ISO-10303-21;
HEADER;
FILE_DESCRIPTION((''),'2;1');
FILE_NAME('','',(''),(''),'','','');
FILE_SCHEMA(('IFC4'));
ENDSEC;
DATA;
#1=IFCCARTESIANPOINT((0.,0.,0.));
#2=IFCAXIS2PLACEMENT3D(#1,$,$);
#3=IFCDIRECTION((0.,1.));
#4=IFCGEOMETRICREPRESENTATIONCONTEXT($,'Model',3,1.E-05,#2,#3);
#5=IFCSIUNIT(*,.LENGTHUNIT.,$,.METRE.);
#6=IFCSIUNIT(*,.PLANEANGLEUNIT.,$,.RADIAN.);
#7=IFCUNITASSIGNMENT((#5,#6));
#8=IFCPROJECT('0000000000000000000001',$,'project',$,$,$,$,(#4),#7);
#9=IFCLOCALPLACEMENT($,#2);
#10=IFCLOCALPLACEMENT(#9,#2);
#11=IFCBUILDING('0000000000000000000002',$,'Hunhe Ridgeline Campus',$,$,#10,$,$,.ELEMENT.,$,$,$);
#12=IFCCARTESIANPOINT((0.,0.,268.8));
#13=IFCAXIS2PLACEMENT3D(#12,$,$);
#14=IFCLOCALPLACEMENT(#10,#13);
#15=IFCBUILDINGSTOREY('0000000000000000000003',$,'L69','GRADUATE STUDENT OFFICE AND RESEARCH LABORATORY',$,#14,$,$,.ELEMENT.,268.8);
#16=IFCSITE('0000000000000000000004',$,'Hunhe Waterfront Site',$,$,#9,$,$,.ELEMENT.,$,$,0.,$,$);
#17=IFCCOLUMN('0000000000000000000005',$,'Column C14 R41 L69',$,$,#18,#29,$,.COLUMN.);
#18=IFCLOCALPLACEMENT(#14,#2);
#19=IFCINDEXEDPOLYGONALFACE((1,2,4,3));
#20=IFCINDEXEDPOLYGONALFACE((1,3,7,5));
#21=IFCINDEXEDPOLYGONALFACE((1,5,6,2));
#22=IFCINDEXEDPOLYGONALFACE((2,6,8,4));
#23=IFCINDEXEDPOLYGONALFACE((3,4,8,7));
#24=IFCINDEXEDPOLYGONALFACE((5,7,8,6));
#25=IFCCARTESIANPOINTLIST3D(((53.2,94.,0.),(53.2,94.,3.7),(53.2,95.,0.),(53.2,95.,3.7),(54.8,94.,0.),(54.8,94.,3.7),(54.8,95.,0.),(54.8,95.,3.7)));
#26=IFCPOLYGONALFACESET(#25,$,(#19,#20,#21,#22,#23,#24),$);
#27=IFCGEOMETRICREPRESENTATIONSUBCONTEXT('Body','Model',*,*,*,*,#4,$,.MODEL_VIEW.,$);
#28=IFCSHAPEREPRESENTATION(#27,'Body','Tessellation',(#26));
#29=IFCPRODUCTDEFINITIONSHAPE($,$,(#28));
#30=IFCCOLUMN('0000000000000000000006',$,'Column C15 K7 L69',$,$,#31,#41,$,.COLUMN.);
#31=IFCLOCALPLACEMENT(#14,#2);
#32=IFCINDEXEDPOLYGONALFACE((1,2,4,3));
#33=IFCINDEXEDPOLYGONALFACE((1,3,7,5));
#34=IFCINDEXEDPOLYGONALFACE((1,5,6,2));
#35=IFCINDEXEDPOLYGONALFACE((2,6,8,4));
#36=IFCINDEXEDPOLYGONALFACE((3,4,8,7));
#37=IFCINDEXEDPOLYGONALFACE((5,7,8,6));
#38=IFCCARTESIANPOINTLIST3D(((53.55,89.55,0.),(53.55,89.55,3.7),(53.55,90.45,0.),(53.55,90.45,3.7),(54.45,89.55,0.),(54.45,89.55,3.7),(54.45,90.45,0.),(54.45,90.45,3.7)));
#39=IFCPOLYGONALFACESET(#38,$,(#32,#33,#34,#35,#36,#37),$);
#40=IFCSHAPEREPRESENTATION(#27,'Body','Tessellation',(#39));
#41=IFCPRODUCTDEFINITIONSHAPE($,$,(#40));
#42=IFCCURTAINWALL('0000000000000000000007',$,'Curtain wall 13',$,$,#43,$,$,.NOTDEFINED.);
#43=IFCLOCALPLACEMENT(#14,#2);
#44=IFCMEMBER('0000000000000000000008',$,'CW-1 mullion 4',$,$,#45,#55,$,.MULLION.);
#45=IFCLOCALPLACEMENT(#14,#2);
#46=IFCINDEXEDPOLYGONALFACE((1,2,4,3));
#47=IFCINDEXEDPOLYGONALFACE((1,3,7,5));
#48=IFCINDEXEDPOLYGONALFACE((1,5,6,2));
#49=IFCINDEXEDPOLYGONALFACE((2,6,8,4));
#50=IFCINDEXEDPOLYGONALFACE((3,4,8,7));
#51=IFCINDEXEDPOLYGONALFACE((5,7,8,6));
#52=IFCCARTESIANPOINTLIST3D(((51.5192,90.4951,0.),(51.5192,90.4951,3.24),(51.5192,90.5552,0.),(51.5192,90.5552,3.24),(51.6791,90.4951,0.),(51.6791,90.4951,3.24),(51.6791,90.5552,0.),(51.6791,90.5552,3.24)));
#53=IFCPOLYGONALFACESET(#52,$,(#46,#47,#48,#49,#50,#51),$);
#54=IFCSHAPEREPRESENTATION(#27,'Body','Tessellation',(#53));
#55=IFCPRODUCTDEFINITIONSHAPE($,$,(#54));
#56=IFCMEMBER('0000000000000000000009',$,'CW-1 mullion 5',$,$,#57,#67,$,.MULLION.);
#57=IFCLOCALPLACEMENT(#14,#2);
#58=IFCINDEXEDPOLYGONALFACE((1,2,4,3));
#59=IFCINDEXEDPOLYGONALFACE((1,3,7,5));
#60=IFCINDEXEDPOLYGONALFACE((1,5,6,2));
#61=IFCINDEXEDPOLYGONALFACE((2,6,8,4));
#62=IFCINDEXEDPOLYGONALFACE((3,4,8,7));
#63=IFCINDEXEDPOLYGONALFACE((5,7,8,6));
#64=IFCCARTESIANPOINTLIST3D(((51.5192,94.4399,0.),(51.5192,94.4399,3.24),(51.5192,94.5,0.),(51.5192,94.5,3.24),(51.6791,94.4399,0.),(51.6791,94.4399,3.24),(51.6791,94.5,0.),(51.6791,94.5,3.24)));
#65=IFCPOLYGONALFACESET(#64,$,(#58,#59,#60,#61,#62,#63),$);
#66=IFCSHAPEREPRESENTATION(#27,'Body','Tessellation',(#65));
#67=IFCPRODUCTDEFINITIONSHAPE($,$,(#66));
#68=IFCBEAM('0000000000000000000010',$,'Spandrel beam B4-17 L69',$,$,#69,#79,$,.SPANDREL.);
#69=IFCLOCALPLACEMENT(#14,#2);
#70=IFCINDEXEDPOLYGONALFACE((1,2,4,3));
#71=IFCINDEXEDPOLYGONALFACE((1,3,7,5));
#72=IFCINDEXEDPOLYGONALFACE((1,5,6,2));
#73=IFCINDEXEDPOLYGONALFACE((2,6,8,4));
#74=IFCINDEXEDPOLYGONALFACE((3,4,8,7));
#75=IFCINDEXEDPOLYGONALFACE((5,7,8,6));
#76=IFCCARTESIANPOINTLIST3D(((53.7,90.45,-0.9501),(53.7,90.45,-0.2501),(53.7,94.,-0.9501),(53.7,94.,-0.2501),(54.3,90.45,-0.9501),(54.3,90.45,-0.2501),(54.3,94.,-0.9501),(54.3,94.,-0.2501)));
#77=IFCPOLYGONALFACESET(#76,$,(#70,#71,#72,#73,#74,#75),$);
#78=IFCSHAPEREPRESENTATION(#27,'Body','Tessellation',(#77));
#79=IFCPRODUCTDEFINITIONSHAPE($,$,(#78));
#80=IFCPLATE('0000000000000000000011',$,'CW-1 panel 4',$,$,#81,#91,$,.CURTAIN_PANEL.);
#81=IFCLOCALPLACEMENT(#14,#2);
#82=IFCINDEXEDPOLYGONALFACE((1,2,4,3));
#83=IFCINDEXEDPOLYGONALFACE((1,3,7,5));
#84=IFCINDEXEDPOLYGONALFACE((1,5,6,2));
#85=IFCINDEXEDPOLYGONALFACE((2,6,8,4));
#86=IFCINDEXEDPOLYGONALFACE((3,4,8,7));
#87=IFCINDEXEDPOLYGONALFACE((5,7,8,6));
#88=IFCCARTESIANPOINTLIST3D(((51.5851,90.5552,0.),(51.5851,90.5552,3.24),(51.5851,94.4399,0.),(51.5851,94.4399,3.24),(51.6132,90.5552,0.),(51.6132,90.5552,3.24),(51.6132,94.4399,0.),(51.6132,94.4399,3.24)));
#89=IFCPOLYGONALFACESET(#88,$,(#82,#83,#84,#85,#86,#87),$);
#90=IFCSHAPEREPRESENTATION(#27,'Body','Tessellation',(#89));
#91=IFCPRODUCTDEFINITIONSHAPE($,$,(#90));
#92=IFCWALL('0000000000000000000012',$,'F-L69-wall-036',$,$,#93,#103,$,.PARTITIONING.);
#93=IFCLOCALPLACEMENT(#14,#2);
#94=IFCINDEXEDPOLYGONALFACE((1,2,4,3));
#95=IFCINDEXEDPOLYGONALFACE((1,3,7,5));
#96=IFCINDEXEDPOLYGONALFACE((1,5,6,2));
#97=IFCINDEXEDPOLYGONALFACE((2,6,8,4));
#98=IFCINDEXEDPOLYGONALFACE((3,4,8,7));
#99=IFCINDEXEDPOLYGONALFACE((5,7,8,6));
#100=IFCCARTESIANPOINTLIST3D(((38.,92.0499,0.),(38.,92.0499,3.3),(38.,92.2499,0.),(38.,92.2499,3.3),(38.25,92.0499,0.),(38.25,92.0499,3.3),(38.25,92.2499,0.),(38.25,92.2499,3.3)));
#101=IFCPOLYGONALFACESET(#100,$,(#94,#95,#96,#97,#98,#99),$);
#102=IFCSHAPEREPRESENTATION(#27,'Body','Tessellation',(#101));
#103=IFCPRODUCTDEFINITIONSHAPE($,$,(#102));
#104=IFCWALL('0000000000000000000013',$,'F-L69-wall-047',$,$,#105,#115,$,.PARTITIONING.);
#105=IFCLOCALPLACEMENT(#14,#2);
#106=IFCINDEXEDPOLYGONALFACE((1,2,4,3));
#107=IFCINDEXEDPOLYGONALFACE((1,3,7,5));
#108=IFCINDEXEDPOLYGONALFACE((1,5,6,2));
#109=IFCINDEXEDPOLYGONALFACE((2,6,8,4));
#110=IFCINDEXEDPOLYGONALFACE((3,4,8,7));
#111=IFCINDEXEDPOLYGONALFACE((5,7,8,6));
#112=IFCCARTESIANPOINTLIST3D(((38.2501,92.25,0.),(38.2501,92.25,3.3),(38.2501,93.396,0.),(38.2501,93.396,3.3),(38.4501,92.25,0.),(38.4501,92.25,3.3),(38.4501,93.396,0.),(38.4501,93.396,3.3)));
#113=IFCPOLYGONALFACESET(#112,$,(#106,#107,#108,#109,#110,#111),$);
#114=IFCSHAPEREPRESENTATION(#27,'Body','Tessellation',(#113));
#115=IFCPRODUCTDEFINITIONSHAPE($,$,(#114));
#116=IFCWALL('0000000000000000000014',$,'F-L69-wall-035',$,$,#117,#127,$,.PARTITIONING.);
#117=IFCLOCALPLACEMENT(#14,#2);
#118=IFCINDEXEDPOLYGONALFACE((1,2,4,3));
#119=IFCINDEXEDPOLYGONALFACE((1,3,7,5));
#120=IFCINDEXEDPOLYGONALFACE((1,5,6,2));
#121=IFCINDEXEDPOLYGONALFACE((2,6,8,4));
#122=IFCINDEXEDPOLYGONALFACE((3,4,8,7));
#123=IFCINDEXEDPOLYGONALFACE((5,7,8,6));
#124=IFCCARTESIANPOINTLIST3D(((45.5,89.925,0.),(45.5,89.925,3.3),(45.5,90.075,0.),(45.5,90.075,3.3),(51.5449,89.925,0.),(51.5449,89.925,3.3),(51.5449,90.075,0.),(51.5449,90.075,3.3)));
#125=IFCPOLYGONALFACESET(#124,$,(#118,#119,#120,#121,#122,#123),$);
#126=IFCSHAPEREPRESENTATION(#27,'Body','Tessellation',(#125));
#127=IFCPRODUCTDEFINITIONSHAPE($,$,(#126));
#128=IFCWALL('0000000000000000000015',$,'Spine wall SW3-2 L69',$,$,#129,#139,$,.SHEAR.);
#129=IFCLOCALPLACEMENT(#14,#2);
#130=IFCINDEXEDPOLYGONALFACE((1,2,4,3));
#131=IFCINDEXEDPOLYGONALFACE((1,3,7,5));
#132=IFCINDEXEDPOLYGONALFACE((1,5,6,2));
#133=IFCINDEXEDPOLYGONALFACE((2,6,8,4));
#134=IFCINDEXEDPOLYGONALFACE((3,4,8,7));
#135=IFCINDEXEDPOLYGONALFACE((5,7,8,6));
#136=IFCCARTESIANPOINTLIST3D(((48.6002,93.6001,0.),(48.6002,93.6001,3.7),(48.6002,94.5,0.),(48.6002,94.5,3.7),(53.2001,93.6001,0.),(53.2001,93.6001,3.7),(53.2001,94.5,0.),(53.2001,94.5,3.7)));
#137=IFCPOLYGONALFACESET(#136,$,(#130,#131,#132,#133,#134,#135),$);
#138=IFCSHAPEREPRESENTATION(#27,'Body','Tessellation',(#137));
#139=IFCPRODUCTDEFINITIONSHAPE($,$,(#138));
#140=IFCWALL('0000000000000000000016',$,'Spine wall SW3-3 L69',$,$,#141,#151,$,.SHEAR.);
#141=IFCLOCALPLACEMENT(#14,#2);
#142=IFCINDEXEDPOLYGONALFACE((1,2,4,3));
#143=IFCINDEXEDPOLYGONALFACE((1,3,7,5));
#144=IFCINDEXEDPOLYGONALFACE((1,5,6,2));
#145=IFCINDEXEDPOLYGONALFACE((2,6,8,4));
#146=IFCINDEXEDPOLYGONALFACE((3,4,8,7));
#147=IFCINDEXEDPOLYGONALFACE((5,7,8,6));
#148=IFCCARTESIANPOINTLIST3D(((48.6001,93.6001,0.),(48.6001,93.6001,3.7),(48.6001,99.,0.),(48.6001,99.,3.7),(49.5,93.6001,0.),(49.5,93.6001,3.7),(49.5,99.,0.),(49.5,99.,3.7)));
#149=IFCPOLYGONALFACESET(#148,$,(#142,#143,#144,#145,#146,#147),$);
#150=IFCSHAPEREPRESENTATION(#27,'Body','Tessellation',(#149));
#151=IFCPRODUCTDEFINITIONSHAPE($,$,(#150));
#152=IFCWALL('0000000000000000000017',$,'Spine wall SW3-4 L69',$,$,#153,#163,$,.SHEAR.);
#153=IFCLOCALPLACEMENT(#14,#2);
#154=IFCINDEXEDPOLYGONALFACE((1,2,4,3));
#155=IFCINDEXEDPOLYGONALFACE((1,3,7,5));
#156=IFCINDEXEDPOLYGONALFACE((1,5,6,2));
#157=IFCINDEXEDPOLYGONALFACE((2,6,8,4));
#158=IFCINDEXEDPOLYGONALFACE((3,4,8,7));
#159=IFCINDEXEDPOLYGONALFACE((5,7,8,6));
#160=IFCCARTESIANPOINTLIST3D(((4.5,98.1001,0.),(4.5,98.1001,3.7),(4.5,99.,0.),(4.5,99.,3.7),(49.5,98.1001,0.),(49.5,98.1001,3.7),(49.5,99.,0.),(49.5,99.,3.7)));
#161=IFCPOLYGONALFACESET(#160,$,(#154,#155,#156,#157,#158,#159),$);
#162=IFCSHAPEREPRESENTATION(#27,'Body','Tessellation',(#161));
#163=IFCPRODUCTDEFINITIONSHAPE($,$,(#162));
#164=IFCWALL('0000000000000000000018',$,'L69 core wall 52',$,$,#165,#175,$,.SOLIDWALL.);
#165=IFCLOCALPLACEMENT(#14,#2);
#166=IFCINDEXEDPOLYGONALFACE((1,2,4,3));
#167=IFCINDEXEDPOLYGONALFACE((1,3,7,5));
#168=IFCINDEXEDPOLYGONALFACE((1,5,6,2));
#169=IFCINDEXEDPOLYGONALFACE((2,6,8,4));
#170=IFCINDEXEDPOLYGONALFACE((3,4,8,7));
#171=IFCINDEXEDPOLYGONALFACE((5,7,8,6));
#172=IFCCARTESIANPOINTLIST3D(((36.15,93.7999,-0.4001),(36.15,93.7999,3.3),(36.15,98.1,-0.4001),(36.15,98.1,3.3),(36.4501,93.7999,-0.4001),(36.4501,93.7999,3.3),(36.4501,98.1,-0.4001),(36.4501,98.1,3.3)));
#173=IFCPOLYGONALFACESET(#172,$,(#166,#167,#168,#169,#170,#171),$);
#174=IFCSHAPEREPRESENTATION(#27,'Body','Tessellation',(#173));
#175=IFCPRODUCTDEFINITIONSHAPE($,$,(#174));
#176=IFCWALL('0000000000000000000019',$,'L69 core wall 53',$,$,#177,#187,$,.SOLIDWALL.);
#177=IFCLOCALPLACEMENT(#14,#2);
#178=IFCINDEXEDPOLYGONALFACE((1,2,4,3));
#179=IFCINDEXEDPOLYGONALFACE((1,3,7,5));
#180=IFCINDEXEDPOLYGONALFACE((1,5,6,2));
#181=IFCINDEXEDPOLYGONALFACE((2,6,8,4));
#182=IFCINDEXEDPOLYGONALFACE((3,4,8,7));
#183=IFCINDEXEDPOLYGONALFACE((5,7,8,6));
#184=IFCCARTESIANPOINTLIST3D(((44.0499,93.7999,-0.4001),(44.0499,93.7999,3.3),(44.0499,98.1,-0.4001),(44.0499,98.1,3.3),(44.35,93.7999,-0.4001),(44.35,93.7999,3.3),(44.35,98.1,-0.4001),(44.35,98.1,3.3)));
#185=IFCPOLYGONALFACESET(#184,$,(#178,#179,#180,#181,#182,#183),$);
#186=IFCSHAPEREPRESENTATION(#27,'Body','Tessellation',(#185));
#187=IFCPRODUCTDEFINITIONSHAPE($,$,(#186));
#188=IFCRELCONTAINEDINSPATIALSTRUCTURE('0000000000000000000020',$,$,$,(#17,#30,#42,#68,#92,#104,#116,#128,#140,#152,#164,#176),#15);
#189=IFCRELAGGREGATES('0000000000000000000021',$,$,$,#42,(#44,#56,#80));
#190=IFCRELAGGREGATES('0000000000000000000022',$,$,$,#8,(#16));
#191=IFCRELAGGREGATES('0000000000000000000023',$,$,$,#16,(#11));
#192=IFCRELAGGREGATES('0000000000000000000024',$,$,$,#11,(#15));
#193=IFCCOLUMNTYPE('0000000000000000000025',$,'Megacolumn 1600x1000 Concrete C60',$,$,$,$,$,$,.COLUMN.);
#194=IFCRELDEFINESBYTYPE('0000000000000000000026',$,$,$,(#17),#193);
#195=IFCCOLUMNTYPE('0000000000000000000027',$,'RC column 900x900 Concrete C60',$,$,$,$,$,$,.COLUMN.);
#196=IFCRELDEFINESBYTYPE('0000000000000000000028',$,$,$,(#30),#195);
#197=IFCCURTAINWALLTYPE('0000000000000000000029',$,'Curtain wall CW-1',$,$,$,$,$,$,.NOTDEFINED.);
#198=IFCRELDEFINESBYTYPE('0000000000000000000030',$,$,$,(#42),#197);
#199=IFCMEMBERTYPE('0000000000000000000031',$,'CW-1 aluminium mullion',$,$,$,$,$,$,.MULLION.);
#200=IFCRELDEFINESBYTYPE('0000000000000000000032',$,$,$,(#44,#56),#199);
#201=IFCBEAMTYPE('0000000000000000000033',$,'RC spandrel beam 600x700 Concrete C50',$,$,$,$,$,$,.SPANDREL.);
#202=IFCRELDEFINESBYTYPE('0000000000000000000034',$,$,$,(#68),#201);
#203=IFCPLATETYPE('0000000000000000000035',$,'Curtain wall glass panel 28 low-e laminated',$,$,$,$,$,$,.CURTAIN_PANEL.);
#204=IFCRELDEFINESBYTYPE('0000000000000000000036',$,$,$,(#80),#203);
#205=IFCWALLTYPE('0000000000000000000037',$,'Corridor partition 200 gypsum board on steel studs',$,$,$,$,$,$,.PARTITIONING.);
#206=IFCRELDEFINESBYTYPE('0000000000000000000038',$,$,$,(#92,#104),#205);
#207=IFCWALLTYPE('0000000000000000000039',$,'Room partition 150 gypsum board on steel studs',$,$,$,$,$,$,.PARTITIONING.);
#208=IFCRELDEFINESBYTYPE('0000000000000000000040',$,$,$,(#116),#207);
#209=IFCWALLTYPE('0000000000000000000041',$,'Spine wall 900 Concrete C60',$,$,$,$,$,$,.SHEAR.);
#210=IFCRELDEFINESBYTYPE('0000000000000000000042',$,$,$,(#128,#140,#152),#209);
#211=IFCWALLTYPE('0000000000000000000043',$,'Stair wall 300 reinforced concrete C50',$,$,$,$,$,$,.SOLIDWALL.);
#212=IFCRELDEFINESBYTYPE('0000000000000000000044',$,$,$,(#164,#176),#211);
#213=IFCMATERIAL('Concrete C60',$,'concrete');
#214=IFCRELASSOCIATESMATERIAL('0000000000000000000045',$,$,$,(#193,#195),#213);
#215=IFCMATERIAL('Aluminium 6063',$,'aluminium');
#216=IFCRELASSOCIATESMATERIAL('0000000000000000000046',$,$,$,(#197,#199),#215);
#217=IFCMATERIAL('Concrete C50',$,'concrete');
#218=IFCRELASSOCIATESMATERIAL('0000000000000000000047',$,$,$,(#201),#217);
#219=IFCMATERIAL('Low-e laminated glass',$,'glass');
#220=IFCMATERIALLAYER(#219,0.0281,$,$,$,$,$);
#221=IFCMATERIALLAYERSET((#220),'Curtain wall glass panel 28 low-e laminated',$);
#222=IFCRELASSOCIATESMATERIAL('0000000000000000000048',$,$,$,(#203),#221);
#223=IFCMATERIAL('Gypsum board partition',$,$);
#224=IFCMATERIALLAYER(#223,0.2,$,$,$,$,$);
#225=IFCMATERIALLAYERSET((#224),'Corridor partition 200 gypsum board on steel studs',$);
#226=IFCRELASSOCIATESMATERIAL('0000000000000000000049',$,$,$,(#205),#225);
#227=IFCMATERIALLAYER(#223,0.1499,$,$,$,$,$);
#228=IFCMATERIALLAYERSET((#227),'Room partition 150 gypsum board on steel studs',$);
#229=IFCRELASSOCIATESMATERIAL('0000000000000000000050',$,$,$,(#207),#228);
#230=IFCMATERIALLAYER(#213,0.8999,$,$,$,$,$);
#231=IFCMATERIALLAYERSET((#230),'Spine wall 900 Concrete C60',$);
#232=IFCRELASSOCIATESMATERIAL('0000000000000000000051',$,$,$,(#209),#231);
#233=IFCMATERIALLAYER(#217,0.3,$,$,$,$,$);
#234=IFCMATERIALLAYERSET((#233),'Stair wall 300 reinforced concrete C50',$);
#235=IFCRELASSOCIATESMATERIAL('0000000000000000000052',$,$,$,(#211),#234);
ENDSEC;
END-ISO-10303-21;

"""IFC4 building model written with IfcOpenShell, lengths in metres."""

from ifc_helpers import new_model, si_unit, direction, frame, frame_2d, origin, origin_2d, place, context, subcontext, project, spatial, rectangle, extrude, material, layer, layer_set, material_profile, profile_set, type_object, element, aggregate, save


model = new_model("IFC4")

# Units and contexts
model_context = context("Model", 3, precision=1e-05, world=origin(), true_north=direction((0.0, 1.0)))
body_context = subcontext(model_context, "Body", "Model", "MODEL_VIEW")
ifc_project = project(units=[si_unit("LENGTHUNIT", "METRE"), si_unit("PLANEANGLEUNIT", "RADIAN")], contexts=[model_context])

# Site, building, storey
site_placement = place(None, origin())
site = spatial("IfcSite", under=ifc_project, at=site_placement, Name="Hunhe Waterfront Site", CompositionType="ELEMENT", RefElevation=0.0)
building_placement = place(site_placement, origin())
building = spatial("IfcBuilding", under=site, at=building_placement, Name="Hunhe Ridgeline Campus", CompositionType="ELEMENT")
storey_placement = place(building_placement, frame((0.0, 0.0, 268.8)))
storey = spatial("IfcBuildingStorey", under=building, at=storey_placement, Name="L69", Description="GRADUATE STUDENT OFFICE AND RESEARCH LABORATORY", CompositionType="ELEMENT", Elevation=268.8)

# Columns
ifc_material_1 = material(Name="Concrete C60", Category="concrete")
ifc_material_profile_1 = material_profile(ifc_material_1, rectangle(XDim=1.6001, YDim=1.0, at=origin_2d()))
ifc_profile_set_1 = profile_set([ifc_material_profile_1], Name="Concrete C60")
column_type_1 = type_object("IfcColumnType", Name="Megacolumn 1600x1000 Concrete C60", PredefinedType="COLUMN", material=ifc_profile_set_1)
column_1_placement = place(storey_placement, frame((54.0, 94.5, 0.0), z_axis=(0.0, 0.0, 1.0), x_axis=(1.0, 0.0, 0.0)))
element("IfcColumn", 1, at=column_1_placement, inside=storey, type_object=column_type_1, Name="Column C14 R41 L69", PredefinedType="COLUMN", context=body_context, shape_type="SweptSolid", body=[
    extrude(rectangle(XDim=1.6001, YDim=1.0, at=origin_2d()), origin(), (0.0, 0.0, 1.0), 3.7),
])
ifc_material_profile_2 = material_profile(ifc_material_1, rectangle(XDim=0.8999, YDim=0.8999, at=origin_2d()))
ifc_profile_set_2 = profile_set([ifc_material_profile_2], Name="Concrete C60")
column_type_2 = type_object("IfcColumnType", Name="RC column 900x900 Concrete C60", PredefinedType="COLUMN", material=ifc_profile_set_2)
column_2_placement = place(storey_placement, frame((54.0, 90.0, 0.0), z_axis=(0.0, 0.0, 1.0), x_axis=(1.0, 0.0, 0.0)))
element("IfcColumn", 2, at=column_2_placement, inside=storey, type_object=column_type_2, Name="Column C15 K7 L69", PredefinedType="COLUMN", context=body_context, shape_type="SweptSolid", body=[
    extrude(rectangle(XDim=0.8999, YDim=0.8999, at=origin_2d()), origin(), (0.0, 0.0, 1.0), 3.7),
])

# Curtain wall, members
ifc_material_2 = material(Name="Aluminium 6063", Category="aluminium")
curtain_wall_type = type_object("IfcCurtainWallType", Name="Curtain wall CW-1", PredefinedType="NOTDEFINED", material=ifc_material_2)
curtain_wall_placement = place(storey_placement, origin())
curtain_wall = element("IfcCurtainWall", 3, at=curtain_wall_placement, inside=storey, type_object=curtain_wall_type, Name="Curtain wall 13", PredefinedType="NOTDEFINED")
ifc_material_profile_3 = material_profile(ifc_material_2, rectangle(XDim=0.1599, YDim=0.0601, at=origin_2d()))
ifc_profile_set_3 = profile_set([ifc_material_profile_3], Name="Aluminium 6063")
member_type = type_object("IfcMemberType", Name="CW-1 aluminium mullion", PredefinedType="MULLION", material=ifc_profile_set_3)
member_1_placement = place(storey_placement, frame((51.5991, 90.5251, 0.0), z_axis=(0.0, 0.0, 1.0), x_axis=(-1.0, 0.0, 0.0)))
member_1 = element("IfcMember", 4, at=member_1_placement, type_object=member_type, Name="CW-1 mullion 4", PredefinedType="MULLION", context=body_context, shape_type="SweptSolid", body=[
    extrude(rectangle(XDim=0.1599, YDim=0.0601, at=origin_2d()), origin(), (0.0, 0.0, 1.0), 3.24),
])
member_2_placement = place(storey_placement, frame((51.5991, 94.47, 0.0), z_axis=(0.0, 0.0, 1.0), x_axis=(-1.0, 0.0, 0.0)))
member_2 = element("IfcMember", 5, at=member_2_placement, type_object=member_type, Name="CW-1 mullion 5", PredefinedType="MULLION", context=body_context, shape_type="SweptSolid", body=[
    extrude(rectangle(XDim=0.1599, YDim=0.0601, at=origin_2d()), origin(), (0.0, 0.0, 1.0), 3.24),
])

# Beam
ifc_material_3 = material(Name="Concrete C50", Category="concrete")
ifc_material_profile_4 = material_profile(ifc_material_3, rectangle(XDim=0.6001, YDim=0.7, at=origin_2d()))
ifc_profile_set_4 = profile_set([ifc_material_profile_4], Name="Concrete C50")
beam_type = type_object("IfcBeamType", Name="RC spandrel beam 600x700 Concrete C50", PredefinedType="SPANDREL", material=ifc_profile_set_4)
beam_placement = place(storey_placement, frame((54.0, 90.45, -0.6001), z_axis=(0.0, 1.0, 0.0), x_axis=(-1.0, 0.0, 0.0)))
element("IfcBeam", 6, at=beam_placement, inside=storey, type_object=beam_type, Name="Spandrel beam B4-17 L69", PredefinedType="SPANDREL", context=body_context, shape_type="SweptSolid", body=[
    extrude(rectangle(XDim=0.6001, YDim=0.7, at=origin_2d()), origin(), (0.0, 0.0, 1.0), 3.55),
])

# Plate
ifc_material_4 = material(Name="Low-e laminated glass", Category="glass")
ifc_layer_1 = layer(ifc_material_4, 0.0281)
ifc_layer_set_1 = layer_set([ifc_layer_1], Name="Curtain wall glass panel 28 low-e laminated")
plate_type = type_object("IfcPlateType", Name="Curtain wall glass panel 28 low-e laminated", PredefinedType="CURTAIN_PANEL", material=ifc_layer_set_1)
plate_placement = place(storey_placement, frame((51.5991, 92.4976, 0.0), z_axis=(0.0, 0.0, 1.0), x_axis=(0.0, 1.0, 0.0)))
plate = element("IfcPlate", 7, at=plate_placement, type_object=plate_type, Name="CW-1 panel 4", PredefinedType="CURTAIN_PANEL", context=body_context, shape_type="SweptSolid", body=[
    extrude(rectangle(XDim=3.8848, YDim=0.0281, at=origin_2d()), origin(), (0.0, 0.0, 1.0), 3.24),
])
aggregate(curtain_wall, [member_1, member_2, plate])

# Wall
ifc_material_5 = material(Name="Gypsum board partition")
ifc_layer_2 = layer(ifc_material_5, 0.2)
ifc_layer_set_2 = layer_set([ifc_layer_2], Name="Corridor partition 200 gypsum board on steel studs")
wall_type_1 = type_object("IfcWallType", Name="Corridor partition 200 gypsum board on steel studs", PredefinedType="PARTITIONING", material=ifc_layer_set_2)
wall_1_placement = place(storey_placement, frame((38.25, 92.1499, 0.0), z_axis=(0.0, 0.0, 1.0), x_axis=(-1.0, 0.0, 0.0)))
element("IfcWall", 8, at=wall_1_placement, inside=storey, type_object=wall_type_1, Name="F-L69-wall-036", PredefinedType="PARTITIONING", context=body_context, shape_type="SweptSolid", body=[
    extrude(rectangle(XDim=0.25, YDim=0.2, at=frame_2d((0.125, 0.0))), origin(), (0.0, 0.0, 1.0), 3.3),
])

# Walls
wall_2_placement = place(storey_placement, frame((38.3501, 93.396, 0.0), z_axis=(0.0, 0.0, 1.0), x_axis=(0.0, -1.0, 0.0)))
element("IfcWall", 9, at=wall_2_placement, inside=storey, type_object=wall_type_1, Name="F-L69-wall-047", PredefinedType="PARTITIONING", context=body_context, shape_type="SweptSolid", body=[
    extrude(rectangle(XDim=1.146, YDim=0.2, at=frame_2d((0.573, 0.0))), origin(), (0.0, 0.0, 1.0), 3.3),
])
ifc_layer_3 = layer(ifc_material_5, 0.1499)
ifc_layer_set_3 = layer_set([ifc_layer_3], Name="Room partition 150 gypsum board on steel studs")
wall_type_2 = type_object("IfcWallType", Name="Room partition 150 gypsum board on steel studs", PredefinedType="PARTITIONING", material=ifc_layer_set_3)
wall_3_placement = place(storey_placement, frame((45.5, 90.0, 0.0), z_axis=(0.0, 0.0, 1.0), x_axis=(1.0, 0.0, 0.0)))
element("IfcWall", 10, at=wall_3_placement, inside=storey, type_object=wall_type_2, Name="F-L69-wall-035", PredefinedType="PARTITIONING", context=body_context, shape_type="SweptSolid", body=[
    extrude(rectangle(XDim=6.0449, YDim=0.1499, at=frame_2d((3.0225, 0.0))), origin(), (0.0, 0.0, 1.0), 3.3),
])
ifc_layer_4 = layer(ifc_material_1, 0.8999)
ifc_layer_set_4 = layer_set([ifc_layer_4], Name="Spine wall 900 Concrete C60")
wall_type_3 = type_object("IfcWallType", Name="Spine wall 900 Concrete C60", PredefinedType="SHEAR", material=ifc_layer_set_4)
wall_4_placement = place(storey_placement, frame((53.2, 94.05, 0.0), z_axis=(0.0, 0.0, 1.0), x_axis=(-1.0, 0.0, 0.0)))
element("IfcWall", 11, at=wall_4_placement, inside=storey, type_object=wall_type_3, Name="Spine wall SW3-2 L69", PredefinedType="SHEAR", context=body_context, shape_type="SweptSolid", body=[
    extrude(rectangle(XDim=4.5999, YDim=0.8999, at=frame_2d((2.2998, 0.0))), origin(), (0.0, 0.0, 1.0), 3.7),
])
wall_5_placement = place(storey_placement, frame((49.05, 93.6001, 0.0), z_axis=(0.0, 0.0, 1.0), x_axis=(0.0, 1.0, 0.0)))
element("IfcWall", 12, at=wall_5_placement, inside=storey, type_object=wall_type_3, Name="Spine wall SW3-3 L69", PredefinedType="SHEAR", context=body_context, shape_type="SweptSolid", body=[
    extrude(rectangle(XDim=5.3999, YDim=0.8999, at=frame_2d((2.7, 0.0))), origin(), (0.0, 0.0, 1.0), 3.7),
])
wall_6_placement = place(storey_placement, frame((49.5, 98.55, 0.0), z_axis=(0.0, 0.0, 1.0), x_axis=(-1.0, 0.0, 0.0)))
element("IfcWall", 13, at=wall_6_placement, inside=storey, type_object=wall_type_3, Name="Spine wall SW3-4 L69", PredefinedType="SHEAR", context=body_context, shape_type="SweptSolid", body=[
    extrude(rectangle(XDim=45.0, YDim=0.8999, at=frame_2d((22.5, 0.0))), origin(), (0.0, 0.0, 1.0), 3.7),
])

# Shared definitions
ifc_layer_5 = layer(ifc_material_3, 0.3)
ifc_layer_set_5 = layer_set([ifc_layer_5], Name="Stair wall 300 reinforced concrete C50")
wall_type_4 = type_object("IfcWallType", Name="Stair wall 300 reinforced concrete C50", PredefinedType="SOLIDWALL", material=ifc_layer_set_5)

# Walls
for number, where, z_axis, x_axis, name in (
    (14, (36.3, 93.8, -0.4001), (0.0, 0.0, 1.0), (0.0, 1.0, 0.0), "L69 core wall 52"),
    (15, (44.2, 93.8, -0.4001), (0.0, 0.0, 1.0), (0.0, 1.0, 0.0), "L69 core wall 53"),
):
    element("IfcWall", number, at=place(storey_placement, frame(where, z_axis=z_axis, x_axis=x_axis)), inside=storey, type_object=wall_type_4, Name=name, PredefinedType="SOLIDWALL", context=body_context, shape_type="SweptSolid", body=[
        extrude(rectangle(XDim=4.3, YDim=0.3, at=frame_2d((2.1499, 0.0))), origin(), (0.0, 0.0, 1.0), 3.7002),
    ])

save(model, "model.ifc")
